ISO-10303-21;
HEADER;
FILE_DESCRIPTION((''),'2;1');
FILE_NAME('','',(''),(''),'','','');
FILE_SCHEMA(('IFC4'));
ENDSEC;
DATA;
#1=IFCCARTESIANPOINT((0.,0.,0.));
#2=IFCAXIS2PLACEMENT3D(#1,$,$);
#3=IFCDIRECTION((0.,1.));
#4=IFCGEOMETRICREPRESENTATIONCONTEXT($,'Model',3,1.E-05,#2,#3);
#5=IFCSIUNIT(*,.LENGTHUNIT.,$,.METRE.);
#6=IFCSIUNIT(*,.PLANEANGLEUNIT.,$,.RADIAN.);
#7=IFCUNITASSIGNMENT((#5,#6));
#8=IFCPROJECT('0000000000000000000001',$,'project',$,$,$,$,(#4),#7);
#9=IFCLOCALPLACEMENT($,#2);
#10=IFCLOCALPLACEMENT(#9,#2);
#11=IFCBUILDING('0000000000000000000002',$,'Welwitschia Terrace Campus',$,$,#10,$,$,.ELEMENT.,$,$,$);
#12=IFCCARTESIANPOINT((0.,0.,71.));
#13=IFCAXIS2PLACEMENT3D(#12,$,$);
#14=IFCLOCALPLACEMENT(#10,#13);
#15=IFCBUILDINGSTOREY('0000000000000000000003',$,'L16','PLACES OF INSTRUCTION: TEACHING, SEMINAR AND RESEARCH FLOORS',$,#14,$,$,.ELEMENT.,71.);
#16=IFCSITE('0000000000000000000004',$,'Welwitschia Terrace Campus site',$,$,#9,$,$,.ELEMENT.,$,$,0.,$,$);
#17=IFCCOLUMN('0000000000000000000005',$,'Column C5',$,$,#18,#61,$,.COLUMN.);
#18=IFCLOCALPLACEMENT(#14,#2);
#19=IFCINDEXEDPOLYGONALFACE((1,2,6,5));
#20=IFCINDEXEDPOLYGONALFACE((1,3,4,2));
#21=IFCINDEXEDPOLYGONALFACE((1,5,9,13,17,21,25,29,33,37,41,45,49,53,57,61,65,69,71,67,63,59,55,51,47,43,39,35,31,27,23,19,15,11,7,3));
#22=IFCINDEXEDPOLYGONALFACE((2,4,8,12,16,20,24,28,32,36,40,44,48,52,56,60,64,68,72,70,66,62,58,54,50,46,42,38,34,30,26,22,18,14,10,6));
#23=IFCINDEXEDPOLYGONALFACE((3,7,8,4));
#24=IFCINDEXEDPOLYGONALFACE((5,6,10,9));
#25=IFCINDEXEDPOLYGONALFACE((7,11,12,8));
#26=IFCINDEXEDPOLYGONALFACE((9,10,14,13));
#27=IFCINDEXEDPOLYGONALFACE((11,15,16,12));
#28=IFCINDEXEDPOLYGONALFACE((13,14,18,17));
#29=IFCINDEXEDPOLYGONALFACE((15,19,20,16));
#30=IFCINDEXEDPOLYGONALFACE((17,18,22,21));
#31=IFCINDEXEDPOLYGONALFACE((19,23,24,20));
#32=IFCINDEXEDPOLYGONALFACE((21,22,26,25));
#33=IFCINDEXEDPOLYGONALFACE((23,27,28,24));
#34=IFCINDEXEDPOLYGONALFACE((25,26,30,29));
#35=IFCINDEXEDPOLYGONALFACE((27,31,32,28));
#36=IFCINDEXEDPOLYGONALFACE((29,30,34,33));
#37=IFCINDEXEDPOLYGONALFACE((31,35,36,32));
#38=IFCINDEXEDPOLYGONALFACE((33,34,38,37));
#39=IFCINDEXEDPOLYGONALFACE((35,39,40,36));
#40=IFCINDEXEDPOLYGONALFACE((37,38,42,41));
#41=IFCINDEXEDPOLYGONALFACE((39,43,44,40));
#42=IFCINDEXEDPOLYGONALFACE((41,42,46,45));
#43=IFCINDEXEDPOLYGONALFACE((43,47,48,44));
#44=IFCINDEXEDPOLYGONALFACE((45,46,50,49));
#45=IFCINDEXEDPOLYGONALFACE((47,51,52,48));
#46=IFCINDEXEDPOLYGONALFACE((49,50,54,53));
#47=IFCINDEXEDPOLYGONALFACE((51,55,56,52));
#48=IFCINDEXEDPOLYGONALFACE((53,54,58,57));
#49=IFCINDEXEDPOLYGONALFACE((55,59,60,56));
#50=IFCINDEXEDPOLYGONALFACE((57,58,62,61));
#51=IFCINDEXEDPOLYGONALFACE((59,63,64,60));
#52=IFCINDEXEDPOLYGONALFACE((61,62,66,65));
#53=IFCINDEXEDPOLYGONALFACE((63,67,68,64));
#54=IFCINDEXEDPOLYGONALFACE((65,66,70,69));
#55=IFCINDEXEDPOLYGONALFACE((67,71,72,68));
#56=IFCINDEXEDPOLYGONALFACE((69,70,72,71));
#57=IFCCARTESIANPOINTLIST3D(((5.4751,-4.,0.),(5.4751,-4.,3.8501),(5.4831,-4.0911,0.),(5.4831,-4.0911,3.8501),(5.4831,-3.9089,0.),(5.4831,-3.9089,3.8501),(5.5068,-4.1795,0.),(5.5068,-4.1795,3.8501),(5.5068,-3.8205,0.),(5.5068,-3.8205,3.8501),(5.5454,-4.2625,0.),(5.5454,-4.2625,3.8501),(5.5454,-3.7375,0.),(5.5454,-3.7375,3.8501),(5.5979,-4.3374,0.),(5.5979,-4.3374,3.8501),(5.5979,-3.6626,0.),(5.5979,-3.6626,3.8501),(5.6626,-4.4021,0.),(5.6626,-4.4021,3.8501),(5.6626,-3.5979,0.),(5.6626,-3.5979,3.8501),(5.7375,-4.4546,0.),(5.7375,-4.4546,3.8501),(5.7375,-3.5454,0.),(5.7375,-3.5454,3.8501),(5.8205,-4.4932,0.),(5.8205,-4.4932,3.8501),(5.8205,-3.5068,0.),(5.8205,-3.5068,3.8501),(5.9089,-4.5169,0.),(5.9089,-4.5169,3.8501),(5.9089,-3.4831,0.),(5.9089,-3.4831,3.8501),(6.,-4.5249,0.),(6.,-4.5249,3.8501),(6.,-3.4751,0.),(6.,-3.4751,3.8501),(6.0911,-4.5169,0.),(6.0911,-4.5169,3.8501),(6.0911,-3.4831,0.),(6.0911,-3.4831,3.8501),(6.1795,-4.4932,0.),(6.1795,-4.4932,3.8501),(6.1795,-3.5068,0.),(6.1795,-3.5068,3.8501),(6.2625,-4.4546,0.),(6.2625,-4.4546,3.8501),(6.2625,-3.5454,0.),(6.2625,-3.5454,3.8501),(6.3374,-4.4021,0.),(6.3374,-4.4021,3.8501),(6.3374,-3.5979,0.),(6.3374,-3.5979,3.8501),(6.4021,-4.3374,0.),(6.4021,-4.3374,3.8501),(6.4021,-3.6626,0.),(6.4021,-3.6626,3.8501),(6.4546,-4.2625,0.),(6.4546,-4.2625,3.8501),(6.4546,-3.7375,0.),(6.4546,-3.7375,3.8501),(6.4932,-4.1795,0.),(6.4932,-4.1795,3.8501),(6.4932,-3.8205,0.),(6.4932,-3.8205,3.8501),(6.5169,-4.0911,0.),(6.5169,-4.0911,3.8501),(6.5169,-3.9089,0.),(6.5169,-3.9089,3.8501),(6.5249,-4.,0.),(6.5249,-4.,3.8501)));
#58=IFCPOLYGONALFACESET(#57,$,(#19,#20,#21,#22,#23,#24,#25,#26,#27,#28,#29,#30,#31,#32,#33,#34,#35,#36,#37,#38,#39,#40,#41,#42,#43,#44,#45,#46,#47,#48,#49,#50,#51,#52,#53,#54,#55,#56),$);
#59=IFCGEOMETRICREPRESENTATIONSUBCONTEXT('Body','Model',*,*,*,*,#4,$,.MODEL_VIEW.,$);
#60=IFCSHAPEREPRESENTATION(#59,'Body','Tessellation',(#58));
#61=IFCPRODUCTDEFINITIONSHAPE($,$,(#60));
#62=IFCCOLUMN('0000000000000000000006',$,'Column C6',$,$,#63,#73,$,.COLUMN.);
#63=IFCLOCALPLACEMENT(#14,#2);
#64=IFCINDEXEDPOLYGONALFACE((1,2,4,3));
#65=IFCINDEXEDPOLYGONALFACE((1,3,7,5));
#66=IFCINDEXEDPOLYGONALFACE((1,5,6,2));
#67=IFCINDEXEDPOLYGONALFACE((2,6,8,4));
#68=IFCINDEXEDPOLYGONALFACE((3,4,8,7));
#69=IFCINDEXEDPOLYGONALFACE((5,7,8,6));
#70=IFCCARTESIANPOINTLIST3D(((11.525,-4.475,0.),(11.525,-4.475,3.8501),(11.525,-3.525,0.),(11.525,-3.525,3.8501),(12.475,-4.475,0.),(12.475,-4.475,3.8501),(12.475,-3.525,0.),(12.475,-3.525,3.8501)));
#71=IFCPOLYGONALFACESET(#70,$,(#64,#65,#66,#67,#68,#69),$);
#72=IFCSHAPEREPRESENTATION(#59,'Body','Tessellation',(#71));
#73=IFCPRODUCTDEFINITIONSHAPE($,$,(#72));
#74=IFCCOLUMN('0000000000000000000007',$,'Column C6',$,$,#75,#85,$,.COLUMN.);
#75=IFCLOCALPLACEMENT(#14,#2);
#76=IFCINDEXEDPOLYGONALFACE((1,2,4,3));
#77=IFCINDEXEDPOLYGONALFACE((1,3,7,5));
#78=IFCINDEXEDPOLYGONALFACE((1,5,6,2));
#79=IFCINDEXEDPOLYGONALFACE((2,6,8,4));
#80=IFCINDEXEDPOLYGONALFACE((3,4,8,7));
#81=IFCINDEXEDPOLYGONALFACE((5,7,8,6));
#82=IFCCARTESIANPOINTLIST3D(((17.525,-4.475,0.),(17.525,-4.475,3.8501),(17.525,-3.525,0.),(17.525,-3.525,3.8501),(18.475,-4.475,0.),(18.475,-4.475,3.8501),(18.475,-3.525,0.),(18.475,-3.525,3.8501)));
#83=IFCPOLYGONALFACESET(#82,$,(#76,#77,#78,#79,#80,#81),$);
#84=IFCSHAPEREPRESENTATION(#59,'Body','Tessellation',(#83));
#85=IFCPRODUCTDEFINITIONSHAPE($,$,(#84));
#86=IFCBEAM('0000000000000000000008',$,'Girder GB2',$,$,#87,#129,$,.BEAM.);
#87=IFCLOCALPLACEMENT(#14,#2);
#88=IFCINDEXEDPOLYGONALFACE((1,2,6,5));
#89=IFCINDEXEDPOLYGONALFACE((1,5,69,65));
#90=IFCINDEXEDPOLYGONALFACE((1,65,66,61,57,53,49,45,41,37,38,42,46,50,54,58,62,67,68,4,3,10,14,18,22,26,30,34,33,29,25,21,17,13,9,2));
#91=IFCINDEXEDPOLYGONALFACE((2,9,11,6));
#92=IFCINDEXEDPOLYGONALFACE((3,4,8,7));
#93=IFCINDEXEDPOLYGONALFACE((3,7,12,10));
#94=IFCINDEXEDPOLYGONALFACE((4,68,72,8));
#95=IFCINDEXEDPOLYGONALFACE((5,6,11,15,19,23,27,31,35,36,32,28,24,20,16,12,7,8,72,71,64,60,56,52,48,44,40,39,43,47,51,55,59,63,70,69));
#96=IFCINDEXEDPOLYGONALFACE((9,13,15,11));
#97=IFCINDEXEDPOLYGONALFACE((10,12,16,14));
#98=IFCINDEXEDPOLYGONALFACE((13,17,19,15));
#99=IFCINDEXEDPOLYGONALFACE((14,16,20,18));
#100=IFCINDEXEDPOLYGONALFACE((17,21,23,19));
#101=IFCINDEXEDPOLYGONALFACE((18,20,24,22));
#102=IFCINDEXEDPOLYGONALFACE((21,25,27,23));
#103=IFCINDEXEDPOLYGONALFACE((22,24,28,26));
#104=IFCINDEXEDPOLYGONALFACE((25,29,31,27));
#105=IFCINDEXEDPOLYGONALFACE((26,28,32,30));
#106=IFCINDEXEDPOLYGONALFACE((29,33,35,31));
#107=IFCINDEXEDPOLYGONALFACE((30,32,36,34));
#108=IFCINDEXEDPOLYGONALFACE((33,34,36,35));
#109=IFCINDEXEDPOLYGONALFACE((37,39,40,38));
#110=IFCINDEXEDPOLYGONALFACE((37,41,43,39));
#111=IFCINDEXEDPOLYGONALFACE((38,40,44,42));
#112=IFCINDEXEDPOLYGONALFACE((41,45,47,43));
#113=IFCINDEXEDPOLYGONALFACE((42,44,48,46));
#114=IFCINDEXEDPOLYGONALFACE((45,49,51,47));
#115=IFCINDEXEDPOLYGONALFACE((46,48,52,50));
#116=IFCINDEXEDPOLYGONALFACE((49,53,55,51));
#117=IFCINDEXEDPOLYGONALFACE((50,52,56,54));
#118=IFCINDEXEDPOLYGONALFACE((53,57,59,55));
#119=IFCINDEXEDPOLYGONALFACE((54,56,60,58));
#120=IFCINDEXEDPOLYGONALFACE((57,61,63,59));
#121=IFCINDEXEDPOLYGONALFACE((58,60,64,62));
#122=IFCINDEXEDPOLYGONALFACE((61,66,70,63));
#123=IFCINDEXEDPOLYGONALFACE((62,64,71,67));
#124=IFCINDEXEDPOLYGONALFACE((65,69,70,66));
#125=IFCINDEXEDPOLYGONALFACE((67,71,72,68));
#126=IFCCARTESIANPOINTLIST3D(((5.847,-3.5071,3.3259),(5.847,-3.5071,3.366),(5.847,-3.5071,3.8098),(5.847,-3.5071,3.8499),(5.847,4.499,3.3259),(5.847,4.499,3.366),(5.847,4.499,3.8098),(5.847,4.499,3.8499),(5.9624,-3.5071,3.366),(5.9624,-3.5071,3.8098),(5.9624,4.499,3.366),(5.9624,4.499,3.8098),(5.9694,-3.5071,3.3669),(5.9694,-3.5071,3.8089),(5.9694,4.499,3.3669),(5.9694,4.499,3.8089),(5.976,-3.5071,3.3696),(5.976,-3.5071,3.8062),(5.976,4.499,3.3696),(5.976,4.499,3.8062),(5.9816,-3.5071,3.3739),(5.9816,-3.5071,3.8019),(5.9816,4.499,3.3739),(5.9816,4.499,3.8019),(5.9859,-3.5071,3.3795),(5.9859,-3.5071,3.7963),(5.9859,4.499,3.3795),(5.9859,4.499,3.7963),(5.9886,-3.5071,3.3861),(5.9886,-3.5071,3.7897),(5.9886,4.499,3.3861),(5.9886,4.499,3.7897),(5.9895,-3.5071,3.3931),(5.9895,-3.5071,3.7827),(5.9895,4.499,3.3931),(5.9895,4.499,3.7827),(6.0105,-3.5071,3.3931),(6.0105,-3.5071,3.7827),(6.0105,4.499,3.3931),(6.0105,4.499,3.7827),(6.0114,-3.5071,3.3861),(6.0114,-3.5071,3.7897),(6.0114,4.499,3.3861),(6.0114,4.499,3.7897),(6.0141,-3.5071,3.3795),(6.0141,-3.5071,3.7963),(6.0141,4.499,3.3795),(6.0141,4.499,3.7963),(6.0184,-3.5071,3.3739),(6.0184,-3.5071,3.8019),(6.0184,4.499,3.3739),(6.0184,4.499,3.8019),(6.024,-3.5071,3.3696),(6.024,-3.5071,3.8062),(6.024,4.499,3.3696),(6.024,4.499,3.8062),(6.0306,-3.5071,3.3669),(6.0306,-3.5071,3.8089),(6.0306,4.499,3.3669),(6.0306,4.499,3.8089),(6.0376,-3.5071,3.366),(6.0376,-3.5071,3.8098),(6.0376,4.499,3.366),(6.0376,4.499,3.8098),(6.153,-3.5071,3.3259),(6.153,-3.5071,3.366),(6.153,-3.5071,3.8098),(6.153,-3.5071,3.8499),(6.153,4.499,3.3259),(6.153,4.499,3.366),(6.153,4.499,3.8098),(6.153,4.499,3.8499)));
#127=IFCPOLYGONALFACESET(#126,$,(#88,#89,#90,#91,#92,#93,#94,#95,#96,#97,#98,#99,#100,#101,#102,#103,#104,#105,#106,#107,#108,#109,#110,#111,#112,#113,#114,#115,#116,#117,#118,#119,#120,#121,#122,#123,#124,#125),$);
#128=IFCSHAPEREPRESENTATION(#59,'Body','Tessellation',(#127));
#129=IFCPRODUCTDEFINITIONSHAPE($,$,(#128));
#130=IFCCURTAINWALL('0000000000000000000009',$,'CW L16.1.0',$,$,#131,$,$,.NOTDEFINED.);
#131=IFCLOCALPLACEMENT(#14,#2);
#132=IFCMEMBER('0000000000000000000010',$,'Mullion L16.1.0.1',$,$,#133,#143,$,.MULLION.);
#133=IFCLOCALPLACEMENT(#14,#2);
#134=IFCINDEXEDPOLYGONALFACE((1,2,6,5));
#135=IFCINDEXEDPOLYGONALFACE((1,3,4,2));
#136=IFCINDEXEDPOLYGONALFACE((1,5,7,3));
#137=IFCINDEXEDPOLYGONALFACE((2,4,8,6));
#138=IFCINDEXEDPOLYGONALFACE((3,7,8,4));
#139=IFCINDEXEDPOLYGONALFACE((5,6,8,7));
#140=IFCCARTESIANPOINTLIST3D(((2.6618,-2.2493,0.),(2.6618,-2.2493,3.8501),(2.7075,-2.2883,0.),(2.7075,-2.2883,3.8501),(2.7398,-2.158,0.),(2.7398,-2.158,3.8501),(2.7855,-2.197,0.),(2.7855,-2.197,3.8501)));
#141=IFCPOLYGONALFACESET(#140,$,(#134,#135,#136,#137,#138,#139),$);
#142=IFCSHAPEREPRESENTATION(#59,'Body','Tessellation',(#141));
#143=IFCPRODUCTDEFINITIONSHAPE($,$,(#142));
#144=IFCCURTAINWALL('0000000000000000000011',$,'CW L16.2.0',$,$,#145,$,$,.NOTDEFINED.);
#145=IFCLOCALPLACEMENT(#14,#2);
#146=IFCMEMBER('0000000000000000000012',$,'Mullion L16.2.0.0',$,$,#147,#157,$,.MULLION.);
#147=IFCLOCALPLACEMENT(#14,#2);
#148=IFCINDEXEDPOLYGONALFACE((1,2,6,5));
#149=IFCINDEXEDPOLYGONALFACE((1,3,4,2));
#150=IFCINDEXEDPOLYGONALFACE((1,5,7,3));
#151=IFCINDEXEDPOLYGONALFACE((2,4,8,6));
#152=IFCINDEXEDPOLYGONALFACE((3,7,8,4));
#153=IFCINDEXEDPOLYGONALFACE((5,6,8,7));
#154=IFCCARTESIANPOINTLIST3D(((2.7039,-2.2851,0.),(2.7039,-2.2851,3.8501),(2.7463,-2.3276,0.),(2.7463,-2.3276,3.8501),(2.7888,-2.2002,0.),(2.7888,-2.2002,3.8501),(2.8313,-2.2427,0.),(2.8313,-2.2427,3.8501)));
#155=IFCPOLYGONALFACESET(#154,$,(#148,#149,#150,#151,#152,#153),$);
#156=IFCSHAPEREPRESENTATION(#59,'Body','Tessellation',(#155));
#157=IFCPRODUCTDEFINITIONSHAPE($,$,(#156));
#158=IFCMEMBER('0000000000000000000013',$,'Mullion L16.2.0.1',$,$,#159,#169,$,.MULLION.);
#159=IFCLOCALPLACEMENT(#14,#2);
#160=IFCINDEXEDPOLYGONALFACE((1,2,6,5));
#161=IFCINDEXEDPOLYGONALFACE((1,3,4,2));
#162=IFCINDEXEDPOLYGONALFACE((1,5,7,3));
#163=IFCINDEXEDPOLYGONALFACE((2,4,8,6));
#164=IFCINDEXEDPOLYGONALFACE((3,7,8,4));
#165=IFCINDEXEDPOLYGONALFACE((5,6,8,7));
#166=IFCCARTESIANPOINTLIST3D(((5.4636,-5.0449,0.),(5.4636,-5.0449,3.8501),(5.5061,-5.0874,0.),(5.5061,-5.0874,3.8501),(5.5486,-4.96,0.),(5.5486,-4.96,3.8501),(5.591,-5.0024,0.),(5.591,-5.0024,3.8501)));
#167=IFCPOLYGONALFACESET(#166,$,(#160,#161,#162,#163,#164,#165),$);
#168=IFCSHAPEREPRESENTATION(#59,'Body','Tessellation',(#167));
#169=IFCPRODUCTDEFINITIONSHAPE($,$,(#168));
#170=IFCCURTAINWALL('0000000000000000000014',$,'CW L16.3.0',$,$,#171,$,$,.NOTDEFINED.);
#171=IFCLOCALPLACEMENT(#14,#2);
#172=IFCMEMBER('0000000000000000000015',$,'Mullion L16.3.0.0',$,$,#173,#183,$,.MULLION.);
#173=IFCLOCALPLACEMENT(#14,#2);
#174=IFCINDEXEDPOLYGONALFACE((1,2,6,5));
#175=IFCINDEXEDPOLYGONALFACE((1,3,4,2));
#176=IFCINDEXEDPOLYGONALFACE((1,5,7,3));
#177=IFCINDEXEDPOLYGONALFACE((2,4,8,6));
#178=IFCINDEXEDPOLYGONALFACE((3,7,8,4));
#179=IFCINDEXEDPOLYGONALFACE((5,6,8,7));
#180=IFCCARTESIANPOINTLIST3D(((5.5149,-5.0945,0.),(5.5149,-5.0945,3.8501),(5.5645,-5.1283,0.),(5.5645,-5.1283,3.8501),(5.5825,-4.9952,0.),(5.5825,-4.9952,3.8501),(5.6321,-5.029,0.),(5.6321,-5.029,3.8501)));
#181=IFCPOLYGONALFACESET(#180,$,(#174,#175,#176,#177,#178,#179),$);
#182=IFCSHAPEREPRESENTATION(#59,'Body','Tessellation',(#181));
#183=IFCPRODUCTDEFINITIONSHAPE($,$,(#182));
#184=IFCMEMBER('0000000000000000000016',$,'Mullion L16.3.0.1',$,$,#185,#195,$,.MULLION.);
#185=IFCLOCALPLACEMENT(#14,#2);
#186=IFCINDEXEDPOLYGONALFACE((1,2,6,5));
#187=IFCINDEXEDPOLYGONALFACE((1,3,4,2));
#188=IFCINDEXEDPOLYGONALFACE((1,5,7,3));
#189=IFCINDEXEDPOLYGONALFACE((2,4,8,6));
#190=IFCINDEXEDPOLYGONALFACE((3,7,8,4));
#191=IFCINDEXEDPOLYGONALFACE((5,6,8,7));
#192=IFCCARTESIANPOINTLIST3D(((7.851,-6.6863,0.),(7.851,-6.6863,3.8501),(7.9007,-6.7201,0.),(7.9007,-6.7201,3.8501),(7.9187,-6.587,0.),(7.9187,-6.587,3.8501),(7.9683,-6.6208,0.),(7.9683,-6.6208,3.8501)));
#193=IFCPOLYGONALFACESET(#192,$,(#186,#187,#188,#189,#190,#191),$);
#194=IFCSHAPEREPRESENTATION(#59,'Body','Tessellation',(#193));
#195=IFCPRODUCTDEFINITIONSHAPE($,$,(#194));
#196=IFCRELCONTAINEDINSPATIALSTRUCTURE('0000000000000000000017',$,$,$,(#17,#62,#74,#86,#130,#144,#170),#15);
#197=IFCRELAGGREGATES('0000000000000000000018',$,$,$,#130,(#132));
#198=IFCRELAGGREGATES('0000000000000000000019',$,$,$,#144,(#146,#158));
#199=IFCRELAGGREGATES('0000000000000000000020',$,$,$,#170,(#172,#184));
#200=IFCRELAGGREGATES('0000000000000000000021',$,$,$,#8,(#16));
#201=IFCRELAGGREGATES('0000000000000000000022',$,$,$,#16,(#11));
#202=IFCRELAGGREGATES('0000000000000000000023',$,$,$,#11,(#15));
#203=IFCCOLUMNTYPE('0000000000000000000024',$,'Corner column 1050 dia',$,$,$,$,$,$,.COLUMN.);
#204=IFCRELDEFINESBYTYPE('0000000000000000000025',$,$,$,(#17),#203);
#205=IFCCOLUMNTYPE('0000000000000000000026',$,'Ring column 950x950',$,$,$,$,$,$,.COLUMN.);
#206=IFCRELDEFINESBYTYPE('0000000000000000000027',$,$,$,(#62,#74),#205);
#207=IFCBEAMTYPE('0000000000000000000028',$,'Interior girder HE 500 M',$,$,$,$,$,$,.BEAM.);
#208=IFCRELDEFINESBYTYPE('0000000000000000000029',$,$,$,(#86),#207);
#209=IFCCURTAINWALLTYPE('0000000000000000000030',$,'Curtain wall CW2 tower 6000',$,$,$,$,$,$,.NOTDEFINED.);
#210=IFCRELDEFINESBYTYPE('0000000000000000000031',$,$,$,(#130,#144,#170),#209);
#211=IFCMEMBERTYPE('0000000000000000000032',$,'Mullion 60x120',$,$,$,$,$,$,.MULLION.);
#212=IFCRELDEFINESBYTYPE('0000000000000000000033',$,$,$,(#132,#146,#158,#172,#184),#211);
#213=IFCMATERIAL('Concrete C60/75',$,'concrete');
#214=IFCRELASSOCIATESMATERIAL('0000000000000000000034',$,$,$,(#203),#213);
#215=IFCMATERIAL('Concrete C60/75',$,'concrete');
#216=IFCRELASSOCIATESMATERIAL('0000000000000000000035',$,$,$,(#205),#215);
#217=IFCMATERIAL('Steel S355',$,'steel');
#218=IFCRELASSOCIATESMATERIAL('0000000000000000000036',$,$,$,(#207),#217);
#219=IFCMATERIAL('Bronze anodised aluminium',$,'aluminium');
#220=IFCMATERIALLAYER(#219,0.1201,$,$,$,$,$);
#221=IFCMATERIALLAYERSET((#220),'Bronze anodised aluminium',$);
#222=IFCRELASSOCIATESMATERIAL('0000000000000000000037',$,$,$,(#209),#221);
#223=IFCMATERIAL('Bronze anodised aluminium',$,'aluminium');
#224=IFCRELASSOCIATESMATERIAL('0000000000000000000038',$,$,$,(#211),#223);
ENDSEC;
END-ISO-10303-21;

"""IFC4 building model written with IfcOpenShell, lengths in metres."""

from ifc_helpers import new_model, si_unit, direction, frame, origin, origin_2d, place, context, subcontext, project, spatial, rectangle, circle, i_section, extrude, material, layer, layer_set, material_profile, profile_set, type_object, element, aggregate, save


model = new_model("IFC4")

# Units and contexts
model_context = context("Model", 3, precision=1e-05, world=origin(), true_north=direction((0.0, 1.0)))
body_context = subcontext(model_context, "Body", "Model", "MODEL_VIEW")
ifc_project = project(units=[si_unit("LENGTHUNIT", "METRE"), si_unit("PLANEANGLEUNIT", "RADIAN")], contexts=[model_context])

# Site, building, storey
site_placement = place(None, origin())
site = spatial("IfcSite", under=ifc_project, at=site_placement, Name="Welwitschia Terrace Campus site", CompositionType="ELEMENT", RefElevation=0.0)
building_placement = place(site_placement, origin())
building = spatial("IfcBuilding", under=site, at=building_placement, Name="Welwitschia Terrace Campus", CompositionType="ELEMENT")
storey_placement = place(building_placement, frame((0.0, 0.0, 71.0)))
storey = spatial("IfcBuildingStorey", under=building, at=storey_placement, Name="L16", Description="PLACES OF INSTRUCTION: TEACHING, SEMINAR AND RESEARCH FLOORS", CompositionType="ELEMENT", Elevation=71.0)

# Columns
ifc_material_1 = material(Name="Concrete C60/75", Category="concrete")
ifc_material_profile_1 = material_profile(ifc_material_1, circle(Radius=0.5249, at=origin_2d()))
ifc_profile_set_1 = profile_set([ifc_material_profile_1], Name="Concrete C60/75")
column_type_1 = type_object("IfcColumnType", Name="Corner column 1050 dia", PredefinedType="COLUMN", material=ifc_profile_set_1)
column_placement = place(storey_placement, frame((6.0, -4.0, 0.0), z_axis=(0.0, 0.0, 1.0), x_axis=(1.0, 0.0, 0.0)))
element("IfcColumn", 1, at=column_placement, inside=storey, type_object=column_type_1, Name="Column C5", PredefinedType="COLUMN", context=body_context, shape_type="SweptSolid", body=[
    extrude(circle(Radius=0.5249, at=origin_2d()), origin(), (0.0, 0.0, 1.0), 3.8501),
])
ifc_material_2 = material(Name="Concrete C60/75", Category="concrete")
ifc_material_profile_2 = material_profile(ifc_material_2, rectangle(XDim=0.95, YDim=0.95, at=origin_2d()))
ifc_profile_set_2 = profile_set([ifc_material_profile_2], Name="Concrete C60/75")
column_type_2 = type_object("IfcColumnType", Name="Ring column 950x950", PredefinedType="COLUMN", material=ifc_profile_set_2)
for number, where, z_axis, x_axis, name in (
    (2, (12.0, -4.0, 0.0), (0.0, 0.0, 1.0), (1.0, 0.0, 0.0), "Column C6"),
    (3, (18.0, -4.0, 0.0), (0.0, 0.0, 1.0), (1.0, 0.0, 0.0), "Column C6"),
):
    element("IfcColumn", number, at=place(storey_placement, frame(where, z_axis=z_axis, x_axis=x_axis)), inside=storey, type_object=column_type_2, Name=name, PredefinedType="COLUMN", context=body_context, shape_type="SweptSolid", body=[
        extrude(rectangle(XDim=0.95, YDim=0.95, at=origin_2d()), origin(), (0.0, 0.0, 1.0), 3.8501),
    ])

# Beam
ifc_material_3 = material(Name="Steel S355", Category="steel")
ifc_material_profile_3 = material_profile(ifc_material_3, i_section(OverallWidth=0.3059, OverallDepth=0.5239, WebThickness=0.021, FlangeThickness=0.04, FilletRadius=0.0271, at=origin_2d()))
ifc_profile_set_3 = profile_set([ifc_material_profile_3], Name="Steel S355")
beam_type_1 = type_object("IfcBeamType", Name="Interior girder HE 500 M", PredefinedType="BEAM", material=ifc_profile_set_3)
beam_1_placement = place(storey_placement, frame((6.0, -3.5071, 3.5879), z_axis=(0.0, 1.0, 0.0), x_axis=(-1.0, 0.0, 0.0)))
element("IfcBeam", 4, at=beam_1_placement, inside=storey, type_object=beam_type_1, Name="Girder GB2", PredefinedType="BEAM", context=body_context, shape_type="SweptSolid", body=[
    extrude(i_section(OverallWidth=0.3059, OverallDepth=0.5239, WebThickness=0.021, FlangeThickness=0.04, FilletRadius=0.0271, at=origin_2d()), origin(), (0.0, 0.0, 1.0), 8.0061),
])

# Curtain wall, member
ifc_material_4 = material(Name="Bronze anodised aluminium", Category="aluminium")
ifc_layer_1 = layer(ifc_material_4, 0.1201)
ifc_layer_set_1 = layer_set([ifc_layer_1], Name="Bronze anodised aluminium")
curtain_wall_type = type_object("IfcCurtainWallType", Name="Curtain wall CW2 tower 6000", PredefinedType="NOTDEFINED", material=ifc_layer_set_1)
curtain_wall_1_placement = place(storey_placement, origin())
curtain_wall_1 = element("IfcCurtainWall", 5, at=curtain_wall_1_placement, inside=storey, type_object=curtain_wall_type, Name="CW L16.1.0", PredefinedType="NOTDEFINED")
ifc_material_5 = material(Name="Bronze anodised aluminium", Category="aluminium")
ifc_material_profile_4 = material_profile(ifc_material_5, rectangle(XDim=0.1201, YDim=0.0601, at=origin_2d()))
ifc_profile_set_4 = profile_set([ifc_material_profile_4], Name="Bronze anodised aluminium")
member_type_1 = type_object("IfcMemberType", Name="Mullion 60x120", PredefinedType="MULLION", material=ifc_profile_set_4)
member_1_placement = place(storey_placement, frame((2.7236, -2.2231, 0.0), z_axis=(0.0, 0.0, 1.0), x_axis=(0.649448, 0.760406, 0.0)))
member_1 = element("IfcMember", 6, at=member_1_placement, type_object=member_type_1, Name="Mullion L16.1.0.1", PredefinedType="MULLION", context=body_context, shape_type="SweptSolid", body=[
    extrude(rectangle(XDim=0.1201, YDim=0.0601, at=origin_2d()), origin(), (0.0, 0.0, 1.0), 3.8501),
])
aggregate(curtain_wall_1, [member_1])

# Curtain walls, members
curtain_wall_2_placement = place(storey_placement, origin())
curtain_wall_2 = element("IfcCurtainWall", 7, at=curtain_wall_2_placement, inside=storey, type_object=curtain_wall_type, Name="CW L16.2.0", PredefinedType="NOTDEFINED")
member_2_placement = place(storey_placement, frame((2.7676, -2.2639, 0.0), z_axis=(0.0, 0.0, 1.0), x_axis=(0.707107, 0.707107, 0.0)))
member_2 = element("IfcMember", 8, at=member_2_placement, type_object=member_type_1, Name="Mullion L16.2.0.0", PredefinedType="MULLION", context=body_context, shape_type="SweptSolid", body=[
    extrude(rectangle(XDim=0.1201, YDim=0.0601, at=origin_2d()), origin(), (0.0, 0.0, 1.0), 3.8501),
])
member_3_placement = place(storey_placement, frame((5.5273, -5.0237, 0.0), z_axis=(0.0, 0.0, 1.0), x_axis=(0.707107, 0.707107, 0.0)))
member_3 = element("IfcMember", 9, at=member_3_placement, type_object=member_type_1, Name="Mullion L16.2.0.1", PredefinedType="MULLION", context=body_context, shape_type="SweptSolid", body=[
    extrude(rectangle(XDim=0.1201, YDim=0.0601, at=origin_2d()), origin(), (0.0, 0.0, 1.0), 3.8501),
])
curtain_wall_3_placement = place(storey_placement, origin())
curtain_wall_3 = element("IfcCurtainWall", 10, at=curtain_wall_3_placement, inside=storey, type_object=curtain_wall_type, Name="CW L16.3.0", PredefinedType="NOTDEFINED")
member_4_placement = place(storey_placement, frame((5.5735, -5.0618, 0.0), z_axis=(0.0, 0.0, 1.0), x_axis=(0.56304, 0.82643, 0.0)))
member_4 = element("IfcMember", 11, at=member_4_placement, type_object=member_type_1, Name="Mullion L16.3.0.0", PredefinedType="MULLION", context=body_context, shape_type="SweptSolid", body=[
    extrude(rectangle(XDim=0.1201, YDim=0.0601, at=origin_2d()), origin(), (0.0, 0.0, 1.0), 3.8501),
])
member_5_placement = place(storey_placement, frame((7.9097, -6.6536, 0.0), z_axis=(0.0, 0.0, 1.0), x_axis=(0.56304, 0.82643, 0.0)))
member_5 = element("IfcMember", 12, at=member_5_placement, type_object=member_type_1, Name="Mullion L16.3.0.1", PredefinedType="MULLION", context=body_context, shape_type="SweptSolid", body=[
    extrude(rectangle(XDim=0.1201, YDim=0.0601, at=origin_2d()), origin(), (0.0, 0.0, 1.0), 3.8501),
])

aggregate(curtain_wall_2, [member_2, member_3])
aggregate(curtain_wall_3, [member_4, member_5])

save(model, "model.ifc")
